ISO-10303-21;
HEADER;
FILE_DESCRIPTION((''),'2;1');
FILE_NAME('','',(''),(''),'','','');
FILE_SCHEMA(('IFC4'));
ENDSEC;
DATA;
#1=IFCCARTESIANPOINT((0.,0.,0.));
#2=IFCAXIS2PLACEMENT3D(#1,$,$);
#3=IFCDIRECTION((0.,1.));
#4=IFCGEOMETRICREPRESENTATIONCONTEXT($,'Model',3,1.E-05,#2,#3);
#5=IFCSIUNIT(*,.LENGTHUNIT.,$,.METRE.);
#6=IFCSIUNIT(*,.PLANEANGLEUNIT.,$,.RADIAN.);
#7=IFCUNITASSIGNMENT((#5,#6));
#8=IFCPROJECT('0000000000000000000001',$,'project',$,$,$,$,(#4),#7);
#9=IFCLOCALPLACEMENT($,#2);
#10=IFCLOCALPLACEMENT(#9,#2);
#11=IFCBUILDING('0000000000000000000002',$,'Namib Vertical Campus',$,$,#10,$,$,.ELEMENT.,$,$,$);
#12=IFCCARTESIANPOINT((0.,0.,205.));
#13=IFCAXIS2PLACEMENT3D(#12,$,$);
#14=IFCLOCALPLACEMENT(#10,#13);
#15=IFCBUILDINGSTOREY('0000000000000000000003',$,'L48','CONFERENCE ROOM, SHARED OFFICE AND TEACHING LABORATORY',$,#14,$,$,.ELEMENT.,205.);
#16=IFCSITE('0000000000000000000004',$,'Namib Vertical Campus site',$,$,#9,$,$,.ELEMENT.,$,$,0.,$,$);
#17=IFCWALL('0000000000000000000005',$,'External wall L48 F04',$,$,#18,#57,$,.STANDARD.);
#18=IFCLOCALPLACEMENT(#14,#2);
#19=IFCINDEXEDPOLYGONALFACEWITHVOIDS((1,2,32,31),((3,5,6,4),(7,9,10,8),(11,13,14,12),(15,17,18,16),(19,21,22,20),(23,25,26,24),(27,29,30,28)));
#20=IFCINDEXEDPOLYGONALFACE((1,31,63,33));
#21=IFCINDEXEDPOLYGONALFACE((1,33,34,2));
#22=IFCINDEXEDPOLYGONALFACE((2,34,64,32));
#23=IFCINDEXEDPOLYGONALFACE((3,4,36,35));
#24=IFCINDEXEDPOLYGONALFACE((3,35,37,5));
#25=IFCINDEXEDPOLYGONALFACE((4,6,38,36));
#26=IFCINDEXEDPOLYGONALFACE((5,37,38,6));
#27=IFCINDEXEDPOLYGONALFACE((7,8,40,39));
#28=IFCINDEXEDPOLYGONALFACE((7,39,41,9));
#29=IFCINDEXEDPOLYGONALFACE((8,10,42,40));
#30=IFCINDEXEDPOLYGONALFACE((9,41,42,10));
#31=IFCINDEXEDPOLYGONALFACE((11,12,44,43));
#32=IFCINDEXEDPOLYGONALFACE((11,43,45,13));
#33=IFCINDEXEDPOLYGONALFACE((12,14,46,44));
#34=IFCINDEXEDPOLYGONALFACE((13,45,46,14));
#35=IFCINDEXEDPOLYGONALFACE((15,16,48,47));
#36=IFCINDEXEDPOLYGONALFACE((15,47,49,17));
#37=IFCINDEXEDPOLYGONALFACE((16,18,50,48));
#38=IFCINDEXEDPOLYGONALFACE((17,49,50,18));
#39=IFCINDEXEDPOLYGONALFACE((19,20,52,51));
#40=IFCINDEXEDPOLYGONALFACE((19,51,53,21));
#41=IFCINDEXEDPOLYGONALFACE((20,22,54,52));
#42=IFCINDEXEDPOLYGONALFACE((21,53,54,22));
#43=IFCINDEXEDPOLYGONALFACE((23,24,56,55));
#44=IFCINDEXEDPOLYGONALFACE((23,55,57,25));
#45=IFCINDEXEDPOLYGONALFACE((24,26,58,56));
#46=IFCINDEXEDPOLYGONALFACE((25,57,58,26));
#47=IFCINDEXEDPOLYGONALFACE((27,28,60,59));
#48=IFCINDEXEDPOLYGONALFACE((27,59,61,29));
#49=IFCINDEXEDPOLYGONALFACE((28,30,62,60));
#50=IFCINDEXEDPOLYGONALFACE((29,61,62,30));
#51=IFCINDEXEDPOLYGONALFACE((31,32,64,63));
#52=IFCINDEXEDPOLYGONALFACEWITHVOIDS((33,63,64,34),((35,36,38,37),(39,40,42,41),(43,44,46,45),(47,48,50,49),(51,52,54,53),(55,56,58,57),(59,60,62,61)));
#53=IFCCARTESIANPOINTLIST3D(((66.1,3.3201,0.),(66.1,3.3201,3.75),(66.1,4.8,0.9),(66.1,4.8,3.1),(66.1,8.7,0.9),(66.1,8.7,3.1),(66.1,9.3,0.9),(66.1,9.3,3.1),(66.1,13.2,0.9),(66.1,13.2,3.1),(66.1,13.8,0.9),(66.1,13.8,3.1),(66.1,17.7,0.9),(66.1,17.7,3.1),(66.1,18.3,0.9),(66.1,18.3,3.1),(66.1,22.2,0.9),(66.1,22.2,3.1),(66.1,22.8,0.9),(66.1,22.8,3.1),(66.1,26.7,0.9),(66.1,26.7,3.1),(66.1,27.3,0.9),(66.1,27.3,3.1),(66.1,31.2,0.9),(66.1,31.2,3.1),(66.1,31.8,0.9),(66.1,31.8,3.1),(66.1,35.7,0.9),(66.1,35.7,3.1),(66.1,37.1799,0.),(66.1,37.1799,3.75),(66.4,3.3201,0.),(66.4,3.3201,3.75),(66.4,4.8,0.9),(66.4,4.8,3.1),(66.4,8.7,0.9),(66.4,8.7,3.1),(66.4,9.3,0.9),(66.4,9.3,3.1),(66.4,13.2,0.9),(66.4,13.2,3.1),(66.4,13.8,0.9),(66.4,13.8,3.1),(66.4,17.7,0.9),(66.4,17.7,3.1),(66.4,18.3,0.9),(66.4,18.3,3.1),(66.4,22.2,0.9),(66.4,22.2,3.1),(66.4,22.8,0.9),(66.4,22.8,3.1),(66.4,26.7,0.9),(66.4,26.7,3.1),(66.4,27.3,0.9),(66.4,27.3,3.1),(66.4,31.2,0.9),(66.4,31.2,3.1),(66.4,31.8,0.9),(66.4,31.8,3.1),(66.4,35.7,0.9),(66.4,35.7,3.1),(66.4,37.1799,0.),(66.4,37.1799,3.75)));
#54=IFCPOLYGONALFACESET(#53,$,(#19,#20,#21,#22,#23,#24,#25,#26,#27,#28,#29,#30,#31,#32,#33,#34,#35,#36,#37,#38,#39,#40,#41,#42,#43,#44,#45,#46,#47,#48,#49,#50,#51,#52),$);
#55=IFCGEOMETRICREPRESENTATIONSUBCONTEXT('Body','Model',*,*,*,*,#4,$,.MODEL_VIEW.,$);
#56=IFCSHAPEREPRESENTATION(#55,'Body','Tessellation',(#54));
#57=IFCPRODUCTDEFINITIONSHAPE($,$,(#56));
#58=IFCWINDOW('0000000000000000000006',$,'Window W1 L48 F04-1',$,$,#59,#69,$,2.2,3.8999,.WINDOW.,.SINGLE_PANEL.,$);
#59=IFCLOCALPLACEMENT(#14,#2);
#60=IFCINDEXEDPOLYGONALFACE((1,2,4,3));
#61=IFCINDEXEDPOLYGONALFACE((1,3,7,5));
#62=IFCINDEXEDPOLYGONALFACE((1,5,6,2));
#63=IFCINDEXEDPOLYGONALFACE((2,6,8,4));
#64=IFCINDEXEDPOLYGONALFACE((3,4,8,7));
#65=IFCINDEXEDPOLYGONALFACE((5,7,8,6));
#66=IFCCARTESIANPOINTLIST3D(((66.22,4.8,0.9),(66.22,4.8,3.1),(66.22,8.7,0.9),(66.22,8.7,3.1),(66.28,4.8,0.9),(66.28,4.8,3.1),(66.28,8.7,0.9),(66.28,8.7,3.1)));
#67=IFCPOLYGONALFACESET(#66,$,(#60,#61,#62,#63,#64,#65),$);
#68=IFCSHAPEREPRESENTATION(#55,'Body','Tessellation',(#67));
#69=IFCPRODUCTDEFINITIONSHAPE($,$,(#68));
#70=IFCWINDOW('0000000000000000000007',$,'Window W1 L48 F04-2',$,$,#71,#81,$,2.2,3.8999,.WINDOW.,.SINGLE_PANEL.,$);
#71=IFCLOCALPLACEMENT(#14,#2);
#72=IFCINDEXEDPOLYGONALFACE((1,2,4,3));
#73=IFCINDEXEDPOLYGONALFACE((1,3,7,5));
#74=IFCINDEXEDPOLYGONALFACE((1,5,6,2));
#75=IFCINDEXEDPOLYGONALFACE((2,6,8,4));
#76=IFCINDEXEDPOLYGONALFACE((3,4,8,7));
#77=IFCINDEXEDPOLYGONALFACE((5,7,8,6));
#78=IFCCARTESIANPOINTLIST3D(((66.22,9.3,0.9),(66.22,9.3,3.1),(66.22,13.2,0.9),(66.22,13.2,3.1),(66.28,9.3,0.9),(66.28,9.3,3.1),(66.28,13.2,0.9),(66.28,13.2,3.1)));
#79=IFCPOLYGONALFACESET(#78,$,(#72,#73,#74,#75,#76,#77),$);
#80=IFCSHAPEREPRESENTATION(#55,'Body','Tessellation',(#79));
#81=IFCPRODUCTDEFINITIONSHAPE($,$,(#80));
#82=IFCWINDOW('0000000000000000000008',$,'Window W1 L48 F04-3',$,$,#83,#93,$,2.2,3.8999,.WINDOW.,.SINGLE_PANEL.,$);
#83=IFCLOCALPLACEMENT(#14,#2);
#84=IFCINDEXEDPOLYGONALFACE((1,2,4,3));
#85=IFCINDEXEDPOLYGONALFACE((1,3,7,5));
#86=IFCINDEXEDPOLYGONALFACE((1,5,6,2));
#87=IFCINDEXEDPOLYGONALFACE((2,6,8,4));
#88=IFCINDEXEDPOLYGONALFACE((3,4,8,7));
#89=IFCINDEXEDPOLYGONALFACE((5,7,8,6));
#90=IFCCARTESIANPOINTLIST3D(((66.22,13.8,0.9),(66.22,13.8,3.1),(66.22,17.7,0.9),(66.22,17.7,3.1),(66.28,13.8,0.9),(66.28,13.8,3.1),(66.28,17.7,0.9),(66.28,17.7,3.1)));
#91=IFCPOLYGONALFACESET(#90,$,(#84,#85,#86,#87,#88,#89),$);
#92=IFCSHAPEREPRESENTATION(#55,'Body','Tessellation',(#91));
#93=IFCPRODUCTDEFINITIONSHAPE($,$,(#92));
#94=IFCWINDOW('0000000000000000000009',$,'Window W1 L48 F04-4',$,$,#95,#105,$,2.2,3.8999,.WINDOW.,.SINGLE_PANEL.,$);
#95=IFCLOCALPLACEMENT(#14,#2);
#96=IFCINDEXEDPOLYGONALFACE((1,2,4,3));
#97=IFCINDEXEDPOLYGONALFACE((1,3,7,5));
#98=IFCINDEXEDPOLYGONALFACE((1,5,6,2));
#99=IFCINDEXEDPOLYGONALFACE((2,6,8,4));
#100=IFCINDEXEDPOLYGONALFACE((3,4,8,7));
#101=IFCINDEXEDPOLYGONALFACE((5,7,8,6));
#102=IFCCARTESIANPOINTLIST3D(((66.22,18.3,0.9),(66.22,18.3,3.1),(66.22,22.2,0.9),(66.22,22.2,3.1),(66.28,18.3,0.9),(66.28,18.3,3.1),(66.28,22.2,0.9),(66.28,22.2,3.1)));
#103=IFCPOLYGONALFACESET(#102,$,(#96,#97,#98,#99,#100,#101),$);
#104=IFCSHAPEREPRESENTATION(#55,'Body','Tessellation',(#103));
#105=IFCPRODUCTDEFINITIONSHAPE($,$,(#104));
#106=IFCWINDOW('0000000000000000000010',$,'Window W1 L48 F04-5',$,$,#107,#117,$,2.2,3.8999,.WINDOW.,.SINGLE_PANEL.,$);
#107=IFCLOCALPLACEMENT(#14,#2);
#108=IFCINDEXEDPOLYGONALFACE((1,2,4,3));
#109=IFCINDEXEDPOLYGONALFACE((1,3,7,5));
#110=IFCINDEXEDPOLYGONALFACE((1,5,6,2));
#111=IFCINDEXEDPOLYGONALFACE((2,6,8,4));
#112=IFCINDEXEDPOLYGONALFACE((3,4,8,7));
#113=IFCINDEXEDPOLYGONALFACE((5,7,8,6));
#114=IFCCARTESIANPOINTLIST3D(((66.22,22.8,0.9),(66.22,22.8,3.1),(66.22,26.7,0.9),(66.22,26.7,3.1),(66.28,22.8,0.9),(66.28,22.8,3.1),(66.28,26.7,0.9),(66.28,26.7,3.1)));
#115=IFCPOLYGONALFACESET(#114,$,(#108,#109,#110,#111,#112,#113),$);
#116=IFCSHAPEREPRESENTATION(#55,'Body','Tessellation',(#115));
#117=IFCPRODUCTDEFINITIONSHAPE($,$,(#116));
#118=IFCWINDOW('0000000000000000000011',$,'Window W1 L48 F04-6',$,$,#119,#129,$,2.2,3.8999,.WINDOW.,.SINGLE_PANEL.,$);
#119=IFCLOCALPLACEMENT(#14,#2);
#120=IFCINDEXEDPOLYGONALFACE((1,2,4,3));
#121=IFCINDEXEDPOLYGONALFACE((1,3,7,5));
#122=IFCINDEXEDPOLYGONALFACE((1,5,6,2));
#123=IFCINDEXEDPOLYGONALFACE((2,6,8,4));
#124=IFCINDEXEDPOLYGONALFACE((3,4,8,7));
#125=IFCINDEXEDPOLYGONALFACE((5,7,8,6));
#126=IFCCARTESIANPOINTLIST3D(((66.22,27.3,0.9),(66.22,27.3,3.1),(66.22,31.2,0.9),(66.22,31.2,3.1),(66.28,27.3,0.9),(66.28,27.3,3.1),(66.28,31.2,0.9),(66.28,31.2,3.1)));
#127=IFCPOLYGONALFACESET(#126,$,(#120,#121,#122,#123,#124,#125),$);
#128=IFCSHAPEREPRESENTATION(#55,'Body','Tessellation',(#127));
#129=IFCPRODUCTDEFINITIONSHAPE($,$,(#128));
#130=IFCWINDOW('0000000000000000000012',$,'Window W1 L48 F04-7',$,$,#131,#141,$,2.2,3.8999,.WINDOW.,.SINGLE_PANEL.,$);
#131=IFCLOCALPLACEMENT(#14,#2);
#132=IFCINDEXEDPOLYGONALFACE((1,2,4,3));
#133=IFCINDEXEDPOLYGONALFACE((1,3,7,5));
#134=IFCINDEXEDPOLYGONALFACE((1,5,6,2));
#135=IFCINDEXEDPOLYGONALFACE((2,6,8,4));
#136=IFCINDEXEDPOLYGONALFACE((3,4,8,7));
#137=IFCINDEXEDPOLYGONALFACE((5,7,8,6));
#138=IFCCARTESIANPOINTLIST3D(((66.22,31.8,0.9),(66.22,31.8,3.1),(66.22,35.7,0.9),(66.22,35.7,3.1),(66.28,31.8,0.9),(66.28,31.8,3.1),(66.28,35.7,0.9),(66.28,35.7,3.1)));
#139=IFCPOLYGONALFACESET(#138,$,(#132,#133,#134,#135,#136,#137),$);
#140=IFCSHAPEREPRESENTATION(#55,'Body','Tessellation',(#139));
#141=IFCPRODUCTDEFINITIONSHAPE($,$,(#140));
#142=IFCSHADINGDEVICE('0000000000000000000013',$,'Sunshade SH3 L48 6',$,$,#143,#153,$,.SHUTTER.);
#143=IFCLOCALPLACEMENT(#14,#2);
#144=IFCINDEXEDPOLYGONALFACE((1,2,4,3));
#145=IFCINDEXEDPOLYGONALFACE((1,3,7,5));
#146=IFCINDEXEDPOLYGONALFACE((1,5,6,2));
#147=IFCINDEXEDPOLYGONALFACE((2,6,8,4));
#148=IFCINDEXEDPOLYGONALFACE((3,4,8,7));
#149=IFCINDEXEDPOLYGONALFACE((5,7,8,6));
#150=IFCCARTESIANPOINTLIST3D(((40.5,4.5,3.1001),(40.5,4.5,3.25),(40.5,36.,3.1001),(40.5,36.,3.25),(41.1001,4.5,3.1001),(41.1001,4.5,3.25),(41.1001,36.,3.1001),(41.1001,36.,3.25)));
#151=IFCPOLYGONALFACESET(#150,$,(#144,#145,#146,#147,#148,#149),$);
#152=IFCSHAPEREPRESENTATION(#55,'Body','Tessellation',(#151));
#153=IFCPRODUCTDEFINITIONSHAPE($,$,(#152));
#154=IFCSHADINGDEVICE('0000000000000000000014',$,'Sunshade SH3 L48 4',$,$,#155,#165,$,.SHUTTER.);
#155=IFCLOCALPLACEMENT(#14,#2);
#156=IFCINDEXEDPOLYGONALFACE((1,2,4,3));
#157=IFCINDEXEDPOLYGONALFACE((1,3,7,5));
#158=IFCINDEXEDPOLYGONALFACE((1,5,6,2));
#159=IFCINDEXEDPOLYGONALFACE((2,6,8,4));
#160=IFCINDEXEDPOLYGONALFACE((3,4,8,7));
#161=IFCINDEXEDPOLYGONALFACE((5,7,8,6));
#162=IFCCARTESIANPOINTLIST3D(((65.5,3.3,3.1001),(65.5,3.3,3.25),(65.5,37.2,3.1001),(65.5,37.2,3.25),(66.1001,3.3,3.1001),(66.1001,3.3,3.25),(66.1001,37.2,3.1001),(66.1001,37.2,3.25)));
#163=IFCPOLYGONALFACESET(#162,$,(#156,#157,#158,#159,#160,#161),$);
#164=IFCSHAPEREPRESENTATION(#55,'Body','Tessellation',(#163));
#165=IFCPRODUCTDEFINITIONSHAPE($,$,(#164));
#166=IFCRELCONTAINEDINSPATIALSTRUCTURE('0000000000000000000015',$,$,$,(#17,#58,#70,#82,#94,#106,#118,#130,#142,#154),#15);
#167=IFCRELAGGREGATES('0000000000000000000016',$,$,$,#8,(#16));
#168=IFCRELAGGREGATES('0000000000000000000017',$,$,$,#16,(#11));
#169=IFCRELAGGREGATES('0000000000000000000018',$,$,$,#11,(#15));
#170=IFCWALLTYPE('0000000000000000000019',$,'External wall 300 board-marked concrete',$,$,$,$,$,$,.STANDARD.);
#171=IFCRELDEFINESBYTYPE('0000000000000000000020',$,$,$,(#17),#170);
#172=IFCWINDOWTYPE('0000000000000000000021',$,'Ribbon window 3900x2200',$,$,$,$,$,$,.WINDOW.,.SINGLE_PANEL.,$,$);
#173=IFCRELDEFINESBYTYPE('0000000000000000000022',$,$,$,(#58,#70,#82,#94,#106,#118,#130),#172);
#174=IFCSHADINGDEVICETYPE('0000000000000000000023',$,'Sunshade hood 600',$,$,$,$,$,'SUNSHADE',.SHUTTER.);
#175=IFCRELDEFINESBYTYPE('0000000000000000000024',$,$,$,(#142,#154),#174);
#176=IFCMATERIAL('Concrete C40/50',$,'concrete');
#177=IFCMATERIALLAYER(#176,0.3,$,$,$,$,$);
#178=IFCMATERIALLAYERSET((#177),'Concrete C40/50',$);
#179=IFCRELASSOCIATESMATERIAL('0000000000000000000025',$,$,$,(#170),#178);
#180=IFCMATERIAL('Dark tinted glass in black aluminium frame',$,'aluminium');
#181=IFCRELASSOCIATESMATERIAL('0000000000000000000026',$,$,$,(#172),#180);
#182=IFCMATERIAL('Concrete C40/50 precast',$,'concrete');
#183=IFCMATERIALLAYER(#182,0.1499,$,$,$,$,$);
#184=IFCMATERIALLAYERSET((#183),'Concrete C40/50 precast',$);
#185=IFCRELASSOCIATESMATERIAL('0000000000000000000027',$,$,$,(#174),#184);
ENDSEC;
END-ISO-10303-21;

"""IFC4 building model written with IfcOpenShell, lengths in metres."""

from ifc_helpers import new_model, si_unit, direction, frame, frame_2d, origin, origin_2d, place, context, subcontext, project, spatial, rectangle, extrude, material, layer, layer_set, type_object, element, fill, save


model = new_model("IFC4")

# Units and contexts
model_context = context("Model", 3, precision=1e-05, world=origin(), true_north=direction((0.0, 1.0)))
body_context = subcontext(model_context, "Body", "Model", "MODEL_VIEW")
ifc_project = project(units=[si_unit("LENGTHUNIT", "METRE"), si_unit("PLANEANGLEUNIT", "RADIAN")], contexts=[model_context])

# Site, building, storey
site_placement = place(None, origin())
site = spatial("IfcSite", under=ifc_project, at=site_placement, Name="Namib Vertical Campus site", CompositionType="ELEMENT", RefElevation=0.0)
building_placement = place(site_placement, origin())
building = spatial("IfcBuilding", under=site, at=building_placement, Name="Namib Vertical Campus", CompositionType="ELEMENT")
storey_placement = place(building_placement, frame((0.0, 0.0, 205.0)))
storey = spatial("IfcBuildingStorey", under=building, at=storey_placement, Name="L48", Description="CONFERENCE ROOM, SHARED OFFICE AND TEACHING LABORATORY", CompositionType="ELEMENT", Elevation=205.0)

# Shared definitions
ifc_material_1 = material(Name="Concrete C40/50", Category="concrete")
ifc_layer_1 = layer(ifc_material_1, 0.3)
ifc_layer_set_1 = layer_set([ifc_layer_1], Name="Concrete C40/50")
wall_type_1 = type_object("IfcWallType", Name="External wall 300 board-marked concrete", PredefinedType="STANDARD", material=ifc_layer_set_1)

# Wall, openings, windows
wall_1_placement = place(storey_placement, frame((66.25, 37.1799, 0.0), z_axis=(0.0, 0.0, 1.0), x_axis=(0.0, -1.0, 0.0)))
wall_1 = element("IfcWall", 1, at=wall_1_placement, inside=storey, type_object=wall_type_1, Name="External wall L48 F04", PredefinedType="STANDARD", context=body_context, shape_type="SweptSolid", body=[
    extrude(rectangle(XDim=33.8599, YDim=0.3, at=frame_2d((16.9299, 0.0))), origin(), (0.0, 0.0, 1.0), 3.75),
])
opening_1_placement = place(wall_1_placement, frame((28.48, 0.0, 0.8999)))
opening_1 = element("IfcOpeningElement", 2, at=opening_1_placement, cuts=wall_1, PredefinedType="OPENING", context=body_context, shape_type="SweptSolid", body=[
    extrude(rectangle(XDim=3.8999, YDim=2.2, at=frame_2d((1.95, 1.1001))), frame((0.0, 0.1599, 0.0), z_axis=(0.0, -1.0, 0.0), x_axis=(1.0, 0.0, 0.0)), (0.0, 0.0, 1.0), 0.3201),
])
opening_2_placement = place(wall_1_placement, frame((23.98, 0.0, 0.8999)))
opening_2 = element("IfcOpeningElement", 3, at=opening_2_placement, cuts=wall_1, PredefinedType="OPENING", context=body_context, shape_type="SweptSolid", body=[
    extrude(rectangle(XDim=3.8999, YDim=2.2, at=frame_2d((1.95, 1.1001))), frame((0.0, 0.1599, 0.0), z_axis=(0.0, -1.0, 0.0), x_axis=(1.0, 0.0, 0.0)), (0.0, 0.0, 1.0), 0.3201),
])
opening_3_placement = place(wall_1_placement, frame((19.48, 0.0, 0.8999)))
opening_3 = element("IfcOpeningElement", 4, at=opening_3_placement, cuts=wall_1, PredefinedType="OPENING", context=body_context, shape_type="SweptSolid", body=[
    extrude(rectangle(XDim=3.8999, YDim=2.2, at=frame_2d((1.95, 1.1001))), frame((0.0, 0.1599, 0.0), z_axis=(0.0, -1.0, 0.0), x_axis=(1.0, 0.0, 0.0)), (0.0, 0.0, 1.0), 0.3201),
])
opening_4_placement = place(wall_1_placement, frame((14.98, 0.0, 0.8999)))
opening_4 = element("IfcOpeningElement", 5, at=opening_4_placement, cuts=wall_1, PredefinedType="OPENING", context=body_context, shape_type="SweptSolid", body=[
    extrude(rectangle(XDim=3.8999, YDim=2.2, at=frame_2d((1.95, 1.1001))), frame((0.0, 0.1599, 0.0), z_axis=(0.0, -1.0, 0.0), x_axis=(1.0, 0.0, 0.0)), (0.0, 0.0, 1.0), 0.3201),
])
opening_5_placement = place(wall_1_placement, frame((10.48, 0.0, 0.8999)))
opening_5 = element("IfcOpeningElement", 6, at=opening_5_placement, cuts=wall_1, PredefinedType="OPENING", context=body_context, shape_type="SweptSolid", body=[
    extrude(rectangle(XDim=3.8999, YDim=2.2, at=frame_2d((1.95, 1.1001))), frame((0.0, 0.1599, 0.0), z_axis=(0.0, -1.0, 0.0), x_axis=(1.0, 0.0, 0.0)), (0.0, 0.0, 1.0), 0.3201),
])
opening_6_placement = place(wall_1_placement, frame((5.98, 0.0, 0.8999)))
opening_6 = element("IfcOpeningElement", 7, at=opening_6_placement, cuts=wall_1, PredefinedType="OPENING", context=body_context, shape_type="SweptSolid", body=[
    extrude(rectangle(XDim=3.8999, YDim=2.2, at=frame_2d((1.95, 1.1001))), frame((0.0, 0.1599, 0.0), z_axis=(0.0, -1.0, 0.0), x_axis=(1.0, 0.0, 0.0)), (0.0, 0.0, 1.0), 0.3201),
])
opening_7_placement = place(wall_1_placement, frame((1.48, 0.0, 0.8999)))
opening_7 = element("IfcOpeningElement", 8, at=opening_7_placement, cuts=wall_1, PredefinedType="OPENING", context=body_context, shape_type="SweptSolid", body=[
    extrude(rectangle(XDim=3.8999, YDim=2.2, at=frame_2d((1.95, 1.1001))), frame((0.0, 0.1599, 0.0), z_axis=(0.0, -1.0, 0.0), x_axis=(1.0, 0.0, 0.0)), (0.0, 0.0, 1.0), 0.3201),
])
ifc_material_2 = material(Name="Dark tinted glass in black aluminium frame", Category="aluminium")
window_type = type_object("IfcWindowType", Name="Ribbon window 3900x2200", PartitioningType="SINGLE_PANEL", PredefinedType="WINDOW", material=ifc_material_2)
window_1_placement = place(opening_1_placement, origin())
window_1 = element("IfcWindow", 9, at=window_1_placement, inside=storey, type_object=window_type, Name="Window W1 L48 F04-1", OverallHeight=2.2, OverallWidth=3.8999, PartitioningType="SINGLE_PANEL", PredefinedType="WINDOW", context=body_context, shape_type="SweptSolid", body=[
    extrude(rectangle(XDim=3.8999, YDim=2.2, at=frame_2d((1.95, 1.1001))), frame((0.0, 0.03, 0.0), z_axis=(0.0, -1.0, 0.0), x_axis=(1.0, 0.0, 0.0)), (0.0, 0.0, 1.0), 0.0601),
])
fill(opening_1, window_1)
window_2_placement = place(opening_2_placement, origin())
window_2 = element("IfcWindow", 10, at=window_2_placement, inside=storey, type_object=window_type, Name="Window W1 L48 F04-2", OverallHeight=2.2, OverallWidth=3.8999, PartitioningType="SINGLE_PANEL", PredefinedType="WINDOW", context=body_context, shape_type="SweptSolid", body=[
    extrude(rectangle(XDim=3.8999, YDim=2.2, at=frame_2d((1.95, 1.1001))), frame((0.0, 0.03, 0.0), z_axis=(0.0, -1.0, 0.0), x_axis=(1.0, 0.0, 0.0)), (0.0, 0.0, 1.0), 0.0601),
])
fill(opening_2, window_2)
window_3_placement = place(opening_3_placement, origin())
window_3 = element("IfcWindow", 11, at=window_3_placement, inside=storey, type_object=window_type, Name="Window W1 L48 F04-3", OverallHeight=2.2, OverallWidth=3.8999, PartitioningType="SINGLE_PANEL", PredefinedType="WINDOW", context=body_context, shape_type="SweptSolid", body=[
    extrude(rectangle(XDim=3.8999, YDim=2.2, at=frame_2d((1.95, 1.1001))), frame((0.0, 0.03, 0.0), z_axis=(0.0, -1.0, 0.0), x_axis=(1.0, 0.0, 0.0)), (0.0, 0.0, 1.0), 0.0601),
])
fill(opening_3, window_3)
window_4_placement = place(opening_4_placement, origin())
window_4 = element("IfcWindow", 12, at=window_4_placement, inside=storey, type_object=window_type, Name="Window W1 L48 F04-4", OverallHeight=2.2, OverallWidth=3.8999, PartitioningType="SINGLE_PANEL", PredefinedType="WINDOW", context=body_context, shape_type="SweptSolid", body=[
    extrude(rectangle(XDim=3.8999, YDim=2.2, at=frame_2d((1.95, 1.1001))), frame((0.0, 0.03, 0.0), z_axis=(0.0, -1.0, 0.0), x_axis=(1.0, 0.0, 0.0)), (0.0, 0.0, 1.0), 0.0601),
])
fill(opening_4, window_4)
window_5_placement = place(opening_5_placement, origin())
window_5 = element("IfcWindow", 13, at=window_5_placement, inside=storey, type_object=window_type, Name="Window W1 L48 F04-5", OverallHeight=2.2, OverallWidth=3.8999, PartitioningType="SINGLE_PANEL", PredefinedType="WINDOW", context=body_context, shape_type="SweptSolid", body=[
    extrude(rectangle(XDim=3.8999, YDim=2.2, at=frame_2d((1.95, 1.1001))), frame((0.0, 0.03, 0.0), z_axis=(0.0, -1.0, 0.0), x_axis=(1.0, 0.0, 0.0)), (0.0, 0.0, 1.0), 0.0601),
])
fill(opening_5, window_5)
window_6_placement = place(opening_6_placement, origin())
window_6 = element("IfcWindow", 14, at=window_6_placement, inside=storey, type_object=window_type, Name="Window W1 L48 F04-6", OverallHeight=2.2, OverallWidth=3.8999, PartitioningType="SINGLE_PANEL", PredefinedType="WINDOW", context=body_context, shape_type="SweptSolid", body=[
    extrude(rectangle(XDim=3.8999, YDim=2.2, at=frame_2d((1.95, 1.1001))), frame((0.0, 0.03, 0.0), z_axis=(0.0, -1.0, 0.0), x_axis=(1.0, 0.0, 0.0)), (0.0, 0.0, 1.0), 0.0601),
])
fill(opening_6, window_6)
window_7_placement = place(opening_7_placement, origin())
window_7 = element("IfcWindow", 15, at=window_7_placement, inside=storey, type_object=window_type, Name="Window W1 L48 F04-7", OverallHeight=2.2, OverallWidth=3.8999, PartitioningType="SINGLE_PANEL", PredefinedType="WINDOW", context=body_context, shape_type="SweptSolid", body=[
    extrude(rectangle(XDim=3.8999, YDim=2.2, at=frame_2d((1.95, 1.1001))), frame((0.0, 0.03, 0.0), z_axis=(0.0, -1.0, 0.0), x_axis=(1.0, 0.0, 0.0)), (0.0, 0.0, 1.0), 0.0601),
])
fill(opening_7, window_7)

# Shading devices
ifc_material_3 = material(Name="Concrete C40/50 precast", Category="concrete")
ifc_layer_2 = layer(ifc_material_3, 0.1499)
ifc_layer_set_2 = layer_set([ifc_layer_2], Name="Concrete C40/50 precast")
shading_device_type = type_object("IfcShadingDeviceType", Name="Sunshade hood 600", ElementType="SUNSHADE", PredefinedType="SHUTTER", material=ifc_layer_set_2)
shading_device_1_placement = place(storey_placement, frame((40.8, 20.25, 3.1001), z_axis=(0.0, 0.0, 1.0), x_axis=(0.0, 1.0, 0.0)))
element("IfcShadingDevice", 16, at=shading_device_1_placement, inside=storey, type_object=shading_device_type, Name="Sunshade SH3 L48 6", PredefinedType="SHUTTER", context=body_context, shape_type="SweptSolid", body=[
    extrude(rectangle(XDim=31.5, YDim=0.6001, at=origin_2d()), origin(), (0.0, 0.0, 1.0), 0.1499),
])
shading_device_2_placement = place(storey_placement, frame((65.8, 20.25, 3.1001), z_axis=(0.0, 0.0, 1.0), x_axis=(0.0, -1.0, 0.0)))
element("IfcShadingDevice", 17, at=shading_device_2_placement, inside=storey, type_object=shading_device_type, Name="Sunshade SH3 L48 4", PredefinedType="SHUTTER", context=body_context, shape_type="SweptSolid", body=[
    extrude(rectangle(XDim=33.8999, YDim=0.6001, at=origin_2d()), origin(), (0.0, 0.0, 1.0), 0.1499),
])

save(model, "model.ifc")
